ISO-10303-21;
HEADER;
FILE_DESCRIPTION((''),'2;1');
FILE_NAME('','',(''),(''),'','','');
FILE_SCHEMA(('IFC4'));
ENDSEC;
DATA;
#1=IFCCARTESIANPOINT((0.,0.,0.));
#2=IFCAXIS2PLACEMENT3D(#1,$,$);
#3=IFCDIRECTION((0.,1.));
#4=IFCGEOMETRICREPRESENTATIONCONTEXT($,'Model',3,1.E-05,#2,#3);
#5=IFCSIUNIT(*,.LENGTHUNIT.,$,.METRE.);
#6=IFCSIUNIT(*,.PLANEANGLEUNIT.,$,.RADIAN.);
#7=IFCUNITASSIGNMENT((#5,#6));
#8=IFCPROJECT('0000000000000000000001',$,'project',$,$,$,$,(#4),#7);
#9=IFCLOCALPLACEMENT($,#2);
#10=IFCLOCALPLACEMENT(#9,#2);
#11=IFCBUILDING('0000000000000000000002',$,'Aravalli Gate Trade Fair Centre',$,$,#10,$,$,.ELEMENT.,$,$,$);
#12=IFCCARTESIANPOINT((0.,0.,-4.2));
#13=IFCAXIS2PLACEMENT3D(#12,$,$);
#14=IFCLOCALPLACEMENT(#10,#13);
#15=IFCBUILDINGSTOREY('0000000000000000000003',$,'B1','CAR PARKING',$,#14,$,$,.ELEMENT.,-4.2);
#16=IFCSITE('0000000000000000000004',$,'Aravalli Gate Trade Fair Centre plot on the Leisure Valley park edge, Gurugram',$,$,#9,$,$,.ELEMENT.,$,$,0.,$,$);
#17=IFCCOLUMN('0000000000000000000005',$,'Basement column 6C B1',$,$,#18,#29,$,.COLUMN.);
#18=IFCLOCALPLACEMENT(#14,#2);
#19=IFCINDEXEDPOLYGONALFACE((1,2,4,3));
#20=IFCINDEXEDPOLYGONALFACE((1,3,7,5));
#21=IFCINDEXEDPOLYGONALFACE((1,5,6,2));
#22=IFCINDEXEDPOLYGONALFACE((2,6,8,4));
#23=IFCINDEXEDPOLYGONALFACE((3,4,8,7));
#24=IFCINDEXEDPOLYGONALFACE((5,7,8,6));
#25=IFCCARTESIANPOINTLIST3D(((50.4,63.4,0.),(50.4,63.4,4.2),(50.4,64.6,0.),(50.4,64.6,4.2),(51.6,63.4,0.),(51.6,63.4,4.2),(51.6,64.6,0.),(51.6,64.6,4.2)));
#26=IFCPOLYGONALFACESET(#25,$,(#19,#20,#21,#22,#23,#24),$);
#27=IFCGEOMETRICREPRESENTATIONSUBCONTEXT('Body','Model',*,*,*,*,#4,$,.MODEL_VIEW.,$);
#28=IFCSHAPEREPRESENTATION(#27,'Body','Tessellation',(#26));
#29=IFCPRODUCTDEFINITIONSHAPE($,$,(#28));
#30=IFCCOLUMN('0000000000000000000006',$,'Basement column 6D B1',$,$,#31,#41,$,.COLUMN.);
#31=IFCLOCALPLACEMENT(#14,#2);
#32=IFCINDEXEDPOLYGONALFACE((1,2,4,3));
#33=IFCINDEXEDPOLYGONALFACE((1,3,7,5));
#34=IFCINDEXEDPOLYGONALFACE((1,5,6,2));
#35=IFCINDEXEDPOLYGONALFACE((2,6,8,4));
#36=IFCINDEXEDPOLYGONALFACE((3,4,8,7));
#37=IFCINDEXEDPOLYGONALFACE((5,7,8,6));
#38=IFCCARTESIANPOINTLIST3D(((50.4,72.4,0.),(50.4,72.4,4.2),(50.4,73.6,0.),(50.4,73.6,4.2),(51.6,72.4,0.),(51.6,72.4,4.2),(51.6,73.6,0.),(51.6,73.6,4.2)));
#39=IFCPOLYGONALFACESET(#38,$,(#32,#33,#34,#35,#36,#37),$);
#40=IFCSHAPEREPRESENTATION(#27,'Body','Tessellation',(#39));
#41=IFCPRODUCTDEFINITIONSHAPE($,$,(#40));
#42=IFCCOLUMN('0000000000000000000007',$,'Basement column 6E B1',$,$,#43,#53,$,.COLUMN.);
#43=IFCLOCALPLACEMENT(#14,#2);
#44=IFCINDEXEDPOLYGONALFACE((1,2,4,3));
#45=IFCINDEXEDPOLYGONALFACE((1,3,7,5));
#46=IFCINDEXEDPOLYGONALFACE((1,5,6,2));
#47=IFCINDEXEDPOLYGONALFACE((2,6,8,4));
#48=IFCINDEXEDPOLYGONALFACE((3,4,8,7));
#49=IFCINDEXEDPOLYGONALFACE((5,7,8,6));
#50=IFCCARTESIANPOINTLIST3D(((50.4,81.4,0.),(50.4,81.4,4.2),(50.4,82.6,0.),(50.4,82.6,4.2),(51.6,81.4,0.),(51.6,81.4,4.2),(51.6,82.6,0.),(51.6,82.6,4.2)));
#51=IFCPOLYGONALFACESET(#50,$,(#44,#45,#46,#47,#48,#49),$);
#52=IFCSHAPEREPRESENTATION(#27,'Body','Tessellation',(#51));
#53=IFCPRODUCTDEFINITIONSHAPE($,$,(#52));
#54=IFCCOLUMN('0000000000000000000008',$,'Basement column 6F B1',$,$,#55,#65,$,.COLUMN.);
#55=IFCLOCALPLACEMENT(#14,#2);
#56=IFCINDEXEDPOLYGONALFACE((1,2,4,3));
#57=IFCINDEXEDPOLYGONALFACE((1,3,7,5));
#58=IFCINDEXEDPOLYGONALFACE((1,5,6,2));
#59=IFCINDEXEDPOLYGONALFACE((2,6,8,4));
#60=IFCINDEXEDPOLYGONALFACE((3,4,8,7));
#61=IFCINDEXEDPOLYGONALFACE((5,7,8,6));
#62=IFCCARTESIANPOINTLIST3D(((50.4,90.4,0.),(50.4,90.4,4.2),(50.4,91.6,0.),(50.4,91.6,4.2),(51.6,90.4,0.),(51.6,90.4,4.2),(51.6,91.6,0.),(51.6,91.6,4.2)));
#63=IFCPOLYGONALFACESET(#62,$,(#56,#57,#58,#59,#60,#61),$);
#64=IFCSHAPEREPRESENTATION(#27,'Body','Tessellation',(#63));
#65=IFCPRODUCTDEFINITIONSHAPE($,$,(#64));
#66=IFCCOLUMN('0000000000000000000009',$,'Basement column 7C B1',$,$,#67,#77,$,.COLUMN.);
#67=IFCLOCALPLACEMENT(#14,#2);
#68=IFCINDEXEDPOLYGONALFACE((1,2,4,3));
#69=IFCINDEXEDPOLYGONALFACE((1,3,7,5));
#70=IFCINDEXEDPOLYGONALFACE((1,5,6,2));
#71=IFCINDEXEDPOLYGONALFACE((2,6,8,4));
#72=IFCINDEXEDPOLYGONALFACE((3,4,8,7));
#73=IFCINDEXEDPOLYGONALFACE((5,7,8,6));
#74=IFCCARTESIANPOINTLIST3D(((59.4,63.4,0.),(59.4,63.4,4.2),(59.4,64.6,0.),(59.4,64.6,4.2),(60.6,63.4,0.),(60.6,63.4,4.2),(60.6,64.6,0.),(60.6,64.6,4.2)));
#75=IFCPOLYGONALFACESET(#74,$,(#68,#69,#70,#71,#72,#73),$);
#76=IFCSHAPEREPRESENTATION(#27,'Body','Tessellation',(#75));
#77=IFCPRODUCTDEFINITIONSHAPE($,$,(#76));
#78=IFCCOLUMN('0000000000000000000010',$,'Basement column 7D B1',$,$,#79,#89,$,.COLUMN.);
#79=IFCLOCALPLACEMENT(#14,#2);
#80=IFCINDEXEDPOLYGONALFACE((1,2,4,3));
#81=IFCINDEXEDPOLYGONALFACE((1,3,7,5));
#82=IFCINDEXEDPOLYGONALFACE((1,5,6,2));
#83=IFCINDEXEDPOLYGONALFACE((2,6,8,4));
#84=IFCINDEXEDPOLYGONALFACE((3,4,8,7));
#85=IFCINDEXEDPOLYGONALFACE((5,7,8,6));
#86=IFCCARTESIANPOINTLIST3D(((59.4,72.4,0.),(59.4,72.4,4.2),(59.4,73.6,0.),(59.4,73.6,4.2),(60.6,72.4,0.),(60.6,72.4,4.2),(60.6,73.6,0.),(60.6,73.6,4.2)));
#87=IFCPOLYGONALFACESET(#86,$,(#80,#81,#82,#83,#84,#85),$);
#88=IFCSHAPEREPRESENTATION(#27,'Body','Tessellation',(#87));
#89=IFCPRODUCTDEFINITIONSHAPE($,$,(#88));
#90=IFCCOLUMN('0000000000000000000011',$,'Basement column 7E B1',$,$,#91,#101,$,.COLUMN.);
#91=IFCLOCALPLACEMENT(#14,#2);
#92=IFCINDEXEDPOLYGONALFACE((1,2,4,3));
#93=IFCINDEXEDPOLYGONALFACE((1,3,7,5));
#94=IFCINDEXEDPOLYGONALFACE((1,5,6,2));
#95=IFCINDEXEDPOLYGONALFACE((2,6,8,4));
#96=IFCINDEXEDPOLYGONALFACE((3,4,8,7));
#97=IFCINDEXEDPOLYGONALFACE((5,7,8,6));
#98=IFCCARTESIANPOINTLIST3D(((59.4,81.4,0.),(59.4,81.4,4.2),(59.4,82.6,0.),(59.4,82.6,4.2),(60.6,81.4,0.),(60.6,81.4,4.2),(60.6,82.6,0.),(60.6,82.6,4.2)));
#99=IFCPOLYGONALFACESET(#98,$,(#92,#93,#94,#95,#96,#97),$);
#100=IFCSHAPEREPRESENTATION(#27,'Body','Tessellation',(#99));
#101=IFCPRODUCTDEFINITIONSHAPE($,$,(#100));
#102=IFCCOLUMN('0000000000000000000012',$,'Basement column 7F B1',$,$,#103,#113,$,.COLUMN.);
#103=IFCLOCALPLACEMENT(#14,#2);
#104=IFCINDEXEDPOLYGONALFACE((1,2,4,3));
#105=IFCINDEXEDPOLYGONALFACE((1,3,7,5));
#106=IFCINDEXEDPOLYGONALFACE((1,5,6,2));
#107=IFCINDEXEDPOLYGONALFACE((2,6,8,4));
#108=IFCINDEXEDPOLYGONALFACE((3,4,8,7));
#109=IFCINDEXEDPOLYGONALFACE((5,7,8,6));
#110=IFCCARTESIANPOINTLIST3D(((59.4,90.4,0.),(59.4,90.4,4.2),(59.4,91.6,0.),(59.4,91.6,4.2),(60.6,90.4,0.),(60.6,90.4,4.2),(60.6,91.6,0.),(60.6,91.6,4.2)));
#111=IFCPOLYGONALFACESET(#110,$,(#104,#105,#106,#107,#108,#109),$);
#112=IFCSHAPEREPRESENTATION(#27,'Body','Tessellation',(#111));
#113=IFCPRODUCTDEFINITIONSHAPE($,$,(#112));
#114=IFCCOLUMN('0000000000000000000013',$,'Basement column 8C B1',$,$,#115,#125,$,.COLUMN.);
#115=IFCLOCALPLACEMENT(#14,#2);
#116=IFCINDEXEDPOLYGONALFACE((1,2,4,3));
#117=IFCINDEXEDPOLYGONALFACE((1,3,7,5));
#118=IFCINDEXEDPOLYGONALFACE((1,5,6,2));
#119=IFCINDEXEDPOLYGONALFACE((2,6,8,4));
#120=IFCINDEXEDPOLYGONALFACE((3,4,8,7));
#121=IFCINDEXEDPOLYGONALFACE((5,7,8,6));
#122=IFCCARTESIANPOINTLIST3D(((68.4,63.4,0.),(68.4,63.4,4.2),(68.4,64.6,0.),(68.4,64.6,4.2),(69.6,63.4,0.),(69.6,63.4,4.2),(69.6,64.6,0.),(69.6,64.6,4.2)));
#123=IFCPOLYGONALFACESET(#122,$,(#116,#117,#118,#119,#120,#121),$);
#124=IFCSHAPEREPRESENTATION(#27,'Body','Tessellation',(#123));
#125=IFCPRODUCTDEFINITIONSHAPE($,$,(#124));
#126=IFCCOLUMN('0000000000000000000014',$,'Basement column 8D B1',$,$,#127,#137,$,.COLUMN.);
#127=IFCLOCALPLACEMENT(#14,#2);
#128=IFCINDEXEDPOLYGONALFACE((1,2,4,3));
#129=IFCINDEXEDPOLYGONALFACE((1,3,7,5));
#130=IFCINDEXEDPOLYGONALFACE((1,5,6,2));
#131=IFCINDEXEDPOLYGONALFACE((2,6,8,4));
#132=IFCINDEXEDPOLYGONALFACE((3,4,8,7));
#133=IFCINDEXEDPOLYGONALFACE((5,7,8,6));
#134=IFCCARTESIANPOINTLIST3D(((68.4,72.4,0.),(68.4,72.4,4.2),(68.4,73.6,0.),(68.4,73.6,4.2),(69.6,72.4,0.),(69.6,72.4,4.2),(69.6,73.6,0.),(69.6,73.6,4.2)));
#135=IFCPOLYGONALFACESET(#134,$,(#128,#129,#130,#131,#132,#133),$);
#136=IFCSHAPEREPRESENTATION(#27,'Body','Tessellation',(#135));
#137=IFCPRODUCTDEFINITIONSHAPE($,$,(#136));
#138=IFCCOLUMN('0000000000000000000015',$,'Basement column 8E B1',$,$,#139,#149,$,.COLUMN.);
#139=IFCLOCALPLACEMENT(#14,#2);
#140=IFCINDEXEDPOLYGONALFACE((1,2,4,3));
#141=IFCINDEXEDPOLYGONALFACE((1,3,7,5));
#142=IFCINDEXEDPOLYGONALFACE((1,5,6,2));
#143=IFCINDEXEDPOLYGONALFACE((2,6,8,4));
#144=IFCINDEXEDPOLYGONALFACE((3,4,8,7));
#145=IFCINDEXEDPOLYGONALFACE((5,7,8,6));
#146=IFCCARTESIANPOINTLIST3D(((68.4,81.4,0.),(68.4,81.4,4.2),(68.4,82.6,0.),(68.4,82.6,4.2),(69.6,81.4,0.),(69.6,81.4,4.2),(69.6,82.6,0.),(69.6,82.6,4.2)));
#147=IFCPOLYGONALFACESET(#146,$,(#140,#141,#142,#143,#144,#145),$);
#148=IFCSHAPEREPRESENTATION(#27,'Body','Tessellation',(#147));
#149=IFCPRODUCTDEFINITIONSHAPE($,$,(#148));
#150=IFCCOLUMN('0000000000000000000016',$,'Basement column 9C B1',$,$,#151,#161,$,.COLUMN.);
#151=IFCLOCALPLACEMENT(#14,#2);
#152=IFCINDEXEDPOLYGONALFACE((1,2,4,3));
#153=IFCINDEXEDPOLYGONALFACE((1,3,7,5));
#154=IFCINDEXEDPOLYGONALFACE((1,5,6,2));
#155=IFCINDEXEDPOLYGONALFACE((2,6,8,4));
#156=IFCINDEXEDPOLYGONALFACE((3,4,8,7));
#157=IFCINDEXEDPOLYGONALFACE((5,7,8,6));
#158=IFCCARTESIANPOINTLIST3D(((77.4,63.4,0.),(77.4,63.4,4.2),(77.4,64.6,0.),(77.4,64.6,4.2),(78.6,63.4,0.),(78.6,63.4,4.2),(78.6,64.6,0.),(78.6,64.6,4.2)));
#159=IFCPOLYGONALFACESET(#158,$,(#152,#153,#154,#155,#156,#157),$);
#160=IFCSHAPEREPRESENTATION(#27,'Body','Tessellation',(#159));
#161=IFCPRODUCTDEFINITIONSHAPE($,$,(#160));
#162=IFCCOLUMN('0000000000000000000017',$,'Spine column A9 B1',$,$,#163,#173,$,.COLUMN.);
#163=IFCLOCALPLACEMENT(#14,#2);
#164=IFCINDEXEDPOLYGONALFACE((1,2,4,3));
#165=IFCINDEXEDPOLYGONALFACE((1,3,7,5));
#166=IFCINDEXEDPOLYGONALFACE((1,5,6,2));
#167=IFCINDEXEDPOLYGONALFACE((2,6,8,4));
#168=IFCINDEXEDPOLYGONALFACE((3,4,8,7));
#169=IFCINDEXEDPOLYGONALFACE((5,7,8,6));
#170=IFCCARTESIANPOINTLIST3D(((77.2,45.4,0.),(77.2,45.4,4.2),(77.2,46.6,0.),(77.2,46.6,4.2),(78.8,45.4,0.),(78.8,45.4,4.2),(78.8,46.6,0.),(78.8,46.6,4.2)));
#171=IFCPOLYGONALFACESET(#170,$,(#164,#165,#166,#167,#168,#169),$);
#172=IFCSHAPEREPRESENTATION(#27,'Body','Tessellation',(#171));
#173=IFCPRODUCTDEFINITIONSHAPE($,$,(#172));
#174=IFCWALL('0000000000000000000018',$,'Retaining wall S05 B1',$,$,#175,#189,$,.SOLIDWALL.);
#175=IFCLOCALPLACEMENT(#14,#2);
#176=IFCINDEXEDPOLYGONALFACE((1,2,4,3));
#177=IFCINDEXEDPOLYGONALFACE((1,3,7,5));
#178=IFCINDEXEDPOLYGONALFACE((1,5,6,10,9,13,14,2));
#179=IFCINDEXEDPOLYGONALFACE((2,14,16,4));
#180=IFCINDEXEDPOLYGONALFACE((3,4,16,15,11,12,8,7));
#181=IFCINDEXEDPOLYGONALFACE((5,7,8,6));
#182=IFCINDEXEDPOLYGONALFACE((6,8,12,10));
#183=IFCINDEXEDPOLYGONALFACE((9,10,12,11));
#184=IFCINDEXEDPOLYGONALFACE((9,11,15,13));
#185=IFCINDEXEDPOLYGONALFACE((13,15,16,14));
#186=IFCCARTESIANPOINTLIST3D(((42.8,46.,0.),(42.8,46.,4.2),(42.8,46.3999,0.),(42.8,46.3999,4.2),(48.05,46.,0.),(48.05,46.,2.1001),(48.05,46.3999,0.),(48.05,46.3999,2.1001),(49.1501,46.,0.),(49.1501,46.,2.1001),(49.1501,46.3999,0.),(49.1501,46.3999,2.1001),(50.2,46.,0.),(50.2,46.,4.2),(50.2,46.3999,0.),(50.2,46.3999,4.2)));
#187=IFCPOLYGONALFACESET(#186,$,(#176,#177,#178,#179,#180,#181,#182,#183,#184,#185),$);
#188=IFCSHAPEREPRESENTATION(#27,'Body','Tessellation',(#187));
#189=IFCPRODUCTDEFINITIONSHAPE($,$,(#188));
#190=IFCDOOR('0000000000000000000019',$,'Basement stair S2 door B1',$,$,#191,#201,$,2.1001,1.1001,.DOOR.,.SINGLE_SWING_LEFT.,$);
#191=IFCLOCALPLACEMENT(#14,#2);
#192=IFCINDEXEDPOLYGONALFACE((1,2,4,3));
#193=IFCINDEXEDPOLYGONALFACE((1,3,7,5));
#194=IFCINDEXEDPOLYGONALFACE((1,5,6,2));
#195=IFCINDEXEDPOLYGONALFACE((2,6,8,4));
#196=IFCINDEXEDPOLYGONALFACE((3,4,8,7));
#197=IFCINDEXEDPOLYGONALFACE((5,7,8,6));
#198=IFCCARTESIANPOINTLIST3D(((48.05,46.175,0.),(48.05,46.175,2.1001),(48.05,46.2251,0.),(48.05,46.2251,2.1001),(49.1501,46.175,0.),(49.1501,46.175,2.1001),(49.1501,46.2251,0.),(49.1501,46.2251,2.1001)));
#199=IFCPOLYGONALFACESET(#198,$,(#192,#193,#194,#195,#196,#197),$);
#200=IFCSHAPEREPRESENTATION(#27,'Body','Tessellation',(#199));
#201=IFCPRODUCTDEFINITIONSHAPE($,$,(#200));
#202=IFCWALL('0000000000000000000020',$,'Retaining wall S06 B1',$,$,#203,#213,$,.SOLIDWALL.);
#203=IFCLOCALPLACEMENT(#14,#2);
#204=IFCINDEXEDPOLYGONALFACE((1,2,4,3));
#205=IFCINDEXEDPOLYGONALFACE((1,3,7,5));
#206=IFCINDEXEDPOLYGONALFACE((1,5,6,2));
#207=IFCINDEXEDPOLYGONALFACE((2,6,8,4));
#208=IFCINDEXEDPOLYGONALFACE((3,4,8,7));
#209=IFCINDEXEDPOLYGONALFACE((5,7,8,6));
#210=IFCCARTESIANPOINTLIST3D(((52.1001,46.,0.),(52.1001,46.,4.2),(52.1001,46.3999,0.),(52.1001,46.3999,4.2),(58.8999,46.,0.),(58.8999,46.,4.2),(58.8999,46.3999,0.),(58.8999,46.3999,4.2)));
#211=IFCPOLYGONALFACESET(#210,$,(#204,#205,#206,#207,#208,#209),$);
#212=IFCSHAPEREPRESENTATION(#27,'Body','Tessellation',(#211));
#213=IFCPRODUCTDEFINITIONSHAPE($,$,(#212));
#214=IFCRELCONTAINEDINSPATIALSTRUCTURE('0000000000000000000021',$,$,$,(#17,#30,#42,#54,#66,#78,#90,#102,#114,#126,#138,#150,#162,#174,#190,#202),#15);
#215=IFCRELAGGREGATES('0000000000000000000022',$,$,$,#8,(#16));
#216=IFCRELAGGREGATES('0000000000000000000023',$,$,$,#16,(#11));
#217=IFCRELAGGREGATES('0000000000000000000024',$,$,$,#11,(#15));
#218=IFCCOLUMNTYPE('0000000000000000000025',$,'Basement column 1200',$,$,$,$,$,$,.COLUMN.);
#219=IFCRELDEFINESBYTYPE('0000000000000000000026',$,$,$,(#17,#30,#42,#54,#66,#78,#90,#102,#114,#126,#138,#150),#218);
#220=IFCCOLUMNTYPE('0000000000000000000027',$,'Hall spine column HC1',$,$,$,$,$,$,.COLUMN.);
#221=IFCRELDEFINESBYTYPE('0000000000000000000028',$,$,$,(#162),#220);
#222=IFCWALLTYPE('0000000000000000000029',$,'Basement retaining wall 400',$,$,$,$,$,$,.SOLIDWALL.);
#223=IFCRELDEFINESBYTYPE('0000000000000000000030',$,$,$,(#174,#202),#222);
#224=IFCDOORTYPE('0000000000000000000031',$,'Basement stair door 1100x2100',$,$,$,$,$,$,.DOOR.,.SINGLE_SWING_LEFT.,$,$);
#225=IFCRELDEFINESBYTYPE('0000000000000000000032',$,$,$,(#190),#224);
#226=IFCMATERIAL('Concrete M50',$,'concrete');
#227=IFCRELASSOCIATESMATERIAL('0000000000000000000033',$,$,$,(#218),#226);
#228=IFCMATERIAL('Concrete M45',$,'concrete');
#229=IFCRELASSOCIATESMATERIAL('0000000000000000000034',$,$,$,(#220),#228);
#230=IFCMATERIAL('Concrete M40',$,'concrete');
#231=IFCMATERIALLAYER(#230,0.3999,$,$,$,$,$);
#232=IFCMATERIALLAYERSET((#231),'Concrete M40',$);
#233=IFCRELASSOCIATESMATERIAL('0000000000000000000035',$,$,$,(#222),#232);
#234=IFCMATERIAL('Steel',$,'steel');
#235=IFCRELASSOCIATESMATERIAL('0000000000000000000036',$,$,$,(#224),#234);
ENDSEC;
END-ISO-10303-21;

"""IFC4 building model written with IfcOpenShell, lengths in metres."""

from ifc_helpers import new_model, si_unit, direction, frame, frame_2d, origin, origin_2d, place, context, subcontext, project, spatial, rectangle, extrude, material, layer, layer_set, material_profile, profile_set, type_object, element, fill, save


model = new_model("IFC4")

# Units and contexts
model_context = context("Model", 3, precision=1e-05, world=origin(), true_north=direction((0.0, 1.0)))
body_context = subcontext(model_context, "Body", "Model", "MODEL_VIEW")
ifc_project = project(units=[si_unit("LENGTHUNIT", "METRE"), si_unit("PLANEANGLEUNIT", "RADIAN")], contexts=[model_context])

# Site, building, storey
site_placement = place(None, origin())
site = spatial("IfcSite", under=ifc_project, at=site_placement, Name="Aravalli Gate Trade Fair Centre plot on the Leisure Valley park edge, Gurugram", CompositionType="ELEMENT", RefElevation=0.0)
building_placement = place(site_placement, origin())
building = spatial("IfcBuilding", under=site, at=building_placement, Name="Aravalli Gate Trade Fair Centre", CompositionType="ELEMENT")
storey_placement = place(building_placement, frame((0.0, 0.0, -4.2)))
storey = spatial("IfcBuildingStorey", under=building, at=storey_placement, Name="B1", Description="CAR PARKING", CompositionType="ELEMENT", Elevation=-4.2)

# Columns
ifc_material_1 = material(Name="Concrete M50", Category="concrete")
ifc_material_profile_1 = material_profile(ifc_material_1, rectangle(XDim=1.2, YDim=1.2, at=origin_2d()), Name="RC 1200 x 1200")
ifc_profile_set_1 = profile_set([ifc_material_profile_1], Name="Concrete M50")
column_type_1 = type_object("IfcColumnType", Name="Basement column 1200", PredefinedType="COLUMN", material=ifc_profile_set_1)
for number, where, z_axis, x_axis, name in (
    (1, (51.0, 64.0, 0.0), (0.0, 0.0, 1.0), (1.0, 0.0, 0.0), "Basement column 6C B1"),
    (2, (51.0, 73.0, 0.0), (0.0, 0.0, 1.0), (1.0, 0.0, 0.0), "Basement column 6D B1"),
    (3, (51.0, 82.0, 0.0), (0.0, 0.0, 1.0), (1.0, 0.0, 0.0), "Basement column 6E B1"),
    (4, (51.0, 91.0, 0.0), (0.0, 0.0, 1.0), (1.0, 0.0, 0.0), "Basement column 6F B1"),
    (5, (60.0, 64.0, 0.0), (0.0, 0.0, 1.0), (1.0, 0.0, 0.0), "Basement column 7C B1"),
    (6, (60.0, 73.0, 0.0), (0.0, 0.0, 1.0), (1.0, 0.0, 0.0), "Basement column 7D B1"),
    (7, (60.0, 82.0, 0.0), (0.0, 0.0, 1.0), (1.0, 0.0, 0.0), "Basement column 7E B1"),
    (8, (60.0, 91.0, 0.0), (0.0, 0.0, 1.0), (1.0, 0.0, 0.0), "Basement column 7F B1"),
    (9, (69.0, 64.0, 0.0), (0.0, 0.0, 1.0), (1.0, 0.0, 0.0), "Basement column 8C B1"),
    (10, (69.0, 73.0, 0.0), (0.0, 0.0, 1.0), (1.0, 0.0, 0.0), "Basement column 8D B1"),
    (11, (69.0, 82.0, 0.0), (0.0, 0.0, 1.0), (1.0, 0.0, 0.0), "Basement column 8E B1"),
    (12, (78.0, 64.0, 0.0), (0.0, 0.0, 1.0), (1.0, 0.0, 0.0), "Basement column 9C B1"),
):
    element("IfcColumn", number, at=place(storey_placement, frame(where, z_axis=z_axis, x_axis=x_axis)), inside=storey, type_object=column_type_1, Name=name, PredefinedType="COLUMN", context=body_context, shape_type="SweptSolid", body=[
        extrude(rectangle(XDim=1.2, YDim=1.2, at=origin_2d()), origin(), (0.0, 0.0, 1.0), 4.2),
    ])
ifc_material_2 = material(Name="Concrete M45", Category="concrete")
ifc_material_profile_2 = material_profile(ifc_material_2, rectangle(XDim=1.6001, YDim=1.2, at=origin_2d()), Name="RC 1600x1200")
ifc_profile_set_2 = profile_set([ifc_material_profile_2], Name="Concrete M45")
column_type_2 = type_object("IfcColumnType", Name="Hall spine column HC1", PredefinedType="COLUMN", material=ifc_profile_set_2)
column_placement = place(storey_placement, frame((78.0, 46.0, 0.0), z_axis=(0.0, 0.0, 1.0), x_axis=(1.0, 0.0, 0.0)))
element("IfcColumn", 13, at=column_placement, inside=storey, type_object=column_type_2, Name="Spine column A9 B1", PredefinedType="COLUMN", context=body_context, shape_type="SweptSolid", body=[
    extrude(rectangle(XDim=1.6001, YDim=1.2, at=origin_2d()), origin(), (0.0, 0.0, 1.0), 4.2),
])

# Wall, opening, door
ifc_material_3 = material(Name="Concrete M40", Category="concrete")
ifc_layer_1 = layer(ifc_material_3, 0.3999)
ifc_layer_set_1 = layer_set([ifc_layer_1], Name="Concrete M40")
wall_type_1 = type_object("IfcWallType", Name="Basement retaining wall 400", PredefinedType="SOLIDWALL", material=ifc_layer_set_1)
wall_1_placement = place(storey_placement, frame((42.8, 46.2, 0.0), z_axis=(0.0, 0.0, 1.0), x_axis=(1.0, 0.0, 0.0)))
wall_1 = element("IfcWall", 14, at=wall_1_placement, inside=storey, type_object=wall_type_1, Name="Retaining wall S05 B1", PredefinedType="SOLIDWALL", context=body_context, shape_type="SweptSolid", body=[
    extrude(rectangle(XDim=7.3999, YDim=0.3999, at=frame_2d((3.7, 0.0))), origin(), (0.0, 0.0, 1.0), 4.2),
])
opening_1_placement = place(wall_1_placement, frame((5.25, 0.0, 0.0)))
opening_1 = element("IfcOpeningElement", 15, at=opening_1_placement, cuts=wall_1, PredefinedType="OPENING", context=body_context, shape_type="SweptSolid", body=[
    extrude(rectangle(XDim=1.1001, YDim=2.1001, at=frame_2d((0.55, 1.05))), frame((0.0, 0.21, 0.0), z_axis=(0.0, -1.0, 0.0), x_axis=(1.0, 0.0, 0.0)), (0.0, 0.0, 1.0), 0.4199),
])
ifc_material_4 = material(Name="Steel", Category="steel")
door_type = type_object("IfcDoorType", Name="Basement stair door 1100x2100", OperationType="SINGLE_SWING_LEFT", PredefinedType="DOOR", material=ifc_material_4)
door_1_placement = place(opening_1_placement, frame((1.1001, 0.0, 0.0), z_axis=(0.0, 0.0, 1.0), x_axis=(-1.0, 0.0, 0.0)))
door_1 = element("IfcDoor", 16, at=door_1_placement, inside=storey, type_object=door_type, Name="Basement stair S2 door B1", OperationType="SINGLE_SWING_LEFT", OverallHeight=2.1001, OverallWidth=1.1001, PredefinedType="DOOR", context=body_context, shape_type="SweptSolid", body=[
    extrude(rectangle(XDim=1.1001, YDim=2.1001, at=frame_2d((0.55, 1.05))), frame((0.0, 0.0249, 0.0), z_axis=(0.0, -1.0, 0.0), x_axis=(1.0, 0.0, 0.0)), (0.0, 0.0, 1.0), 0.05),
])
fill(opening_1, door_1)

# Wall
wall_2_placement = place(storey_placement, frame((52.1001, 46.2, 0.0), z_axis=(0.0, 0.0, 1.0), x_axis=(1.0, 0.0, 0.0)))
element("IfcWall", 17, at=wall_2_placement, inside=storey, type_object=wall_type_1, Name="Retaining wall S06 B1", PredefinedType="SOLIDWALL", context=body_context, shape_type="SweptSolid", body=[
    extrude(rectangle(XDim=6.7998, YDim=0.3999, at=frame_2d((3.3999, 0.0))), origin(), (0.0, 0.0, 1.0), 4.2),
])

save(model, "model.ifc")
